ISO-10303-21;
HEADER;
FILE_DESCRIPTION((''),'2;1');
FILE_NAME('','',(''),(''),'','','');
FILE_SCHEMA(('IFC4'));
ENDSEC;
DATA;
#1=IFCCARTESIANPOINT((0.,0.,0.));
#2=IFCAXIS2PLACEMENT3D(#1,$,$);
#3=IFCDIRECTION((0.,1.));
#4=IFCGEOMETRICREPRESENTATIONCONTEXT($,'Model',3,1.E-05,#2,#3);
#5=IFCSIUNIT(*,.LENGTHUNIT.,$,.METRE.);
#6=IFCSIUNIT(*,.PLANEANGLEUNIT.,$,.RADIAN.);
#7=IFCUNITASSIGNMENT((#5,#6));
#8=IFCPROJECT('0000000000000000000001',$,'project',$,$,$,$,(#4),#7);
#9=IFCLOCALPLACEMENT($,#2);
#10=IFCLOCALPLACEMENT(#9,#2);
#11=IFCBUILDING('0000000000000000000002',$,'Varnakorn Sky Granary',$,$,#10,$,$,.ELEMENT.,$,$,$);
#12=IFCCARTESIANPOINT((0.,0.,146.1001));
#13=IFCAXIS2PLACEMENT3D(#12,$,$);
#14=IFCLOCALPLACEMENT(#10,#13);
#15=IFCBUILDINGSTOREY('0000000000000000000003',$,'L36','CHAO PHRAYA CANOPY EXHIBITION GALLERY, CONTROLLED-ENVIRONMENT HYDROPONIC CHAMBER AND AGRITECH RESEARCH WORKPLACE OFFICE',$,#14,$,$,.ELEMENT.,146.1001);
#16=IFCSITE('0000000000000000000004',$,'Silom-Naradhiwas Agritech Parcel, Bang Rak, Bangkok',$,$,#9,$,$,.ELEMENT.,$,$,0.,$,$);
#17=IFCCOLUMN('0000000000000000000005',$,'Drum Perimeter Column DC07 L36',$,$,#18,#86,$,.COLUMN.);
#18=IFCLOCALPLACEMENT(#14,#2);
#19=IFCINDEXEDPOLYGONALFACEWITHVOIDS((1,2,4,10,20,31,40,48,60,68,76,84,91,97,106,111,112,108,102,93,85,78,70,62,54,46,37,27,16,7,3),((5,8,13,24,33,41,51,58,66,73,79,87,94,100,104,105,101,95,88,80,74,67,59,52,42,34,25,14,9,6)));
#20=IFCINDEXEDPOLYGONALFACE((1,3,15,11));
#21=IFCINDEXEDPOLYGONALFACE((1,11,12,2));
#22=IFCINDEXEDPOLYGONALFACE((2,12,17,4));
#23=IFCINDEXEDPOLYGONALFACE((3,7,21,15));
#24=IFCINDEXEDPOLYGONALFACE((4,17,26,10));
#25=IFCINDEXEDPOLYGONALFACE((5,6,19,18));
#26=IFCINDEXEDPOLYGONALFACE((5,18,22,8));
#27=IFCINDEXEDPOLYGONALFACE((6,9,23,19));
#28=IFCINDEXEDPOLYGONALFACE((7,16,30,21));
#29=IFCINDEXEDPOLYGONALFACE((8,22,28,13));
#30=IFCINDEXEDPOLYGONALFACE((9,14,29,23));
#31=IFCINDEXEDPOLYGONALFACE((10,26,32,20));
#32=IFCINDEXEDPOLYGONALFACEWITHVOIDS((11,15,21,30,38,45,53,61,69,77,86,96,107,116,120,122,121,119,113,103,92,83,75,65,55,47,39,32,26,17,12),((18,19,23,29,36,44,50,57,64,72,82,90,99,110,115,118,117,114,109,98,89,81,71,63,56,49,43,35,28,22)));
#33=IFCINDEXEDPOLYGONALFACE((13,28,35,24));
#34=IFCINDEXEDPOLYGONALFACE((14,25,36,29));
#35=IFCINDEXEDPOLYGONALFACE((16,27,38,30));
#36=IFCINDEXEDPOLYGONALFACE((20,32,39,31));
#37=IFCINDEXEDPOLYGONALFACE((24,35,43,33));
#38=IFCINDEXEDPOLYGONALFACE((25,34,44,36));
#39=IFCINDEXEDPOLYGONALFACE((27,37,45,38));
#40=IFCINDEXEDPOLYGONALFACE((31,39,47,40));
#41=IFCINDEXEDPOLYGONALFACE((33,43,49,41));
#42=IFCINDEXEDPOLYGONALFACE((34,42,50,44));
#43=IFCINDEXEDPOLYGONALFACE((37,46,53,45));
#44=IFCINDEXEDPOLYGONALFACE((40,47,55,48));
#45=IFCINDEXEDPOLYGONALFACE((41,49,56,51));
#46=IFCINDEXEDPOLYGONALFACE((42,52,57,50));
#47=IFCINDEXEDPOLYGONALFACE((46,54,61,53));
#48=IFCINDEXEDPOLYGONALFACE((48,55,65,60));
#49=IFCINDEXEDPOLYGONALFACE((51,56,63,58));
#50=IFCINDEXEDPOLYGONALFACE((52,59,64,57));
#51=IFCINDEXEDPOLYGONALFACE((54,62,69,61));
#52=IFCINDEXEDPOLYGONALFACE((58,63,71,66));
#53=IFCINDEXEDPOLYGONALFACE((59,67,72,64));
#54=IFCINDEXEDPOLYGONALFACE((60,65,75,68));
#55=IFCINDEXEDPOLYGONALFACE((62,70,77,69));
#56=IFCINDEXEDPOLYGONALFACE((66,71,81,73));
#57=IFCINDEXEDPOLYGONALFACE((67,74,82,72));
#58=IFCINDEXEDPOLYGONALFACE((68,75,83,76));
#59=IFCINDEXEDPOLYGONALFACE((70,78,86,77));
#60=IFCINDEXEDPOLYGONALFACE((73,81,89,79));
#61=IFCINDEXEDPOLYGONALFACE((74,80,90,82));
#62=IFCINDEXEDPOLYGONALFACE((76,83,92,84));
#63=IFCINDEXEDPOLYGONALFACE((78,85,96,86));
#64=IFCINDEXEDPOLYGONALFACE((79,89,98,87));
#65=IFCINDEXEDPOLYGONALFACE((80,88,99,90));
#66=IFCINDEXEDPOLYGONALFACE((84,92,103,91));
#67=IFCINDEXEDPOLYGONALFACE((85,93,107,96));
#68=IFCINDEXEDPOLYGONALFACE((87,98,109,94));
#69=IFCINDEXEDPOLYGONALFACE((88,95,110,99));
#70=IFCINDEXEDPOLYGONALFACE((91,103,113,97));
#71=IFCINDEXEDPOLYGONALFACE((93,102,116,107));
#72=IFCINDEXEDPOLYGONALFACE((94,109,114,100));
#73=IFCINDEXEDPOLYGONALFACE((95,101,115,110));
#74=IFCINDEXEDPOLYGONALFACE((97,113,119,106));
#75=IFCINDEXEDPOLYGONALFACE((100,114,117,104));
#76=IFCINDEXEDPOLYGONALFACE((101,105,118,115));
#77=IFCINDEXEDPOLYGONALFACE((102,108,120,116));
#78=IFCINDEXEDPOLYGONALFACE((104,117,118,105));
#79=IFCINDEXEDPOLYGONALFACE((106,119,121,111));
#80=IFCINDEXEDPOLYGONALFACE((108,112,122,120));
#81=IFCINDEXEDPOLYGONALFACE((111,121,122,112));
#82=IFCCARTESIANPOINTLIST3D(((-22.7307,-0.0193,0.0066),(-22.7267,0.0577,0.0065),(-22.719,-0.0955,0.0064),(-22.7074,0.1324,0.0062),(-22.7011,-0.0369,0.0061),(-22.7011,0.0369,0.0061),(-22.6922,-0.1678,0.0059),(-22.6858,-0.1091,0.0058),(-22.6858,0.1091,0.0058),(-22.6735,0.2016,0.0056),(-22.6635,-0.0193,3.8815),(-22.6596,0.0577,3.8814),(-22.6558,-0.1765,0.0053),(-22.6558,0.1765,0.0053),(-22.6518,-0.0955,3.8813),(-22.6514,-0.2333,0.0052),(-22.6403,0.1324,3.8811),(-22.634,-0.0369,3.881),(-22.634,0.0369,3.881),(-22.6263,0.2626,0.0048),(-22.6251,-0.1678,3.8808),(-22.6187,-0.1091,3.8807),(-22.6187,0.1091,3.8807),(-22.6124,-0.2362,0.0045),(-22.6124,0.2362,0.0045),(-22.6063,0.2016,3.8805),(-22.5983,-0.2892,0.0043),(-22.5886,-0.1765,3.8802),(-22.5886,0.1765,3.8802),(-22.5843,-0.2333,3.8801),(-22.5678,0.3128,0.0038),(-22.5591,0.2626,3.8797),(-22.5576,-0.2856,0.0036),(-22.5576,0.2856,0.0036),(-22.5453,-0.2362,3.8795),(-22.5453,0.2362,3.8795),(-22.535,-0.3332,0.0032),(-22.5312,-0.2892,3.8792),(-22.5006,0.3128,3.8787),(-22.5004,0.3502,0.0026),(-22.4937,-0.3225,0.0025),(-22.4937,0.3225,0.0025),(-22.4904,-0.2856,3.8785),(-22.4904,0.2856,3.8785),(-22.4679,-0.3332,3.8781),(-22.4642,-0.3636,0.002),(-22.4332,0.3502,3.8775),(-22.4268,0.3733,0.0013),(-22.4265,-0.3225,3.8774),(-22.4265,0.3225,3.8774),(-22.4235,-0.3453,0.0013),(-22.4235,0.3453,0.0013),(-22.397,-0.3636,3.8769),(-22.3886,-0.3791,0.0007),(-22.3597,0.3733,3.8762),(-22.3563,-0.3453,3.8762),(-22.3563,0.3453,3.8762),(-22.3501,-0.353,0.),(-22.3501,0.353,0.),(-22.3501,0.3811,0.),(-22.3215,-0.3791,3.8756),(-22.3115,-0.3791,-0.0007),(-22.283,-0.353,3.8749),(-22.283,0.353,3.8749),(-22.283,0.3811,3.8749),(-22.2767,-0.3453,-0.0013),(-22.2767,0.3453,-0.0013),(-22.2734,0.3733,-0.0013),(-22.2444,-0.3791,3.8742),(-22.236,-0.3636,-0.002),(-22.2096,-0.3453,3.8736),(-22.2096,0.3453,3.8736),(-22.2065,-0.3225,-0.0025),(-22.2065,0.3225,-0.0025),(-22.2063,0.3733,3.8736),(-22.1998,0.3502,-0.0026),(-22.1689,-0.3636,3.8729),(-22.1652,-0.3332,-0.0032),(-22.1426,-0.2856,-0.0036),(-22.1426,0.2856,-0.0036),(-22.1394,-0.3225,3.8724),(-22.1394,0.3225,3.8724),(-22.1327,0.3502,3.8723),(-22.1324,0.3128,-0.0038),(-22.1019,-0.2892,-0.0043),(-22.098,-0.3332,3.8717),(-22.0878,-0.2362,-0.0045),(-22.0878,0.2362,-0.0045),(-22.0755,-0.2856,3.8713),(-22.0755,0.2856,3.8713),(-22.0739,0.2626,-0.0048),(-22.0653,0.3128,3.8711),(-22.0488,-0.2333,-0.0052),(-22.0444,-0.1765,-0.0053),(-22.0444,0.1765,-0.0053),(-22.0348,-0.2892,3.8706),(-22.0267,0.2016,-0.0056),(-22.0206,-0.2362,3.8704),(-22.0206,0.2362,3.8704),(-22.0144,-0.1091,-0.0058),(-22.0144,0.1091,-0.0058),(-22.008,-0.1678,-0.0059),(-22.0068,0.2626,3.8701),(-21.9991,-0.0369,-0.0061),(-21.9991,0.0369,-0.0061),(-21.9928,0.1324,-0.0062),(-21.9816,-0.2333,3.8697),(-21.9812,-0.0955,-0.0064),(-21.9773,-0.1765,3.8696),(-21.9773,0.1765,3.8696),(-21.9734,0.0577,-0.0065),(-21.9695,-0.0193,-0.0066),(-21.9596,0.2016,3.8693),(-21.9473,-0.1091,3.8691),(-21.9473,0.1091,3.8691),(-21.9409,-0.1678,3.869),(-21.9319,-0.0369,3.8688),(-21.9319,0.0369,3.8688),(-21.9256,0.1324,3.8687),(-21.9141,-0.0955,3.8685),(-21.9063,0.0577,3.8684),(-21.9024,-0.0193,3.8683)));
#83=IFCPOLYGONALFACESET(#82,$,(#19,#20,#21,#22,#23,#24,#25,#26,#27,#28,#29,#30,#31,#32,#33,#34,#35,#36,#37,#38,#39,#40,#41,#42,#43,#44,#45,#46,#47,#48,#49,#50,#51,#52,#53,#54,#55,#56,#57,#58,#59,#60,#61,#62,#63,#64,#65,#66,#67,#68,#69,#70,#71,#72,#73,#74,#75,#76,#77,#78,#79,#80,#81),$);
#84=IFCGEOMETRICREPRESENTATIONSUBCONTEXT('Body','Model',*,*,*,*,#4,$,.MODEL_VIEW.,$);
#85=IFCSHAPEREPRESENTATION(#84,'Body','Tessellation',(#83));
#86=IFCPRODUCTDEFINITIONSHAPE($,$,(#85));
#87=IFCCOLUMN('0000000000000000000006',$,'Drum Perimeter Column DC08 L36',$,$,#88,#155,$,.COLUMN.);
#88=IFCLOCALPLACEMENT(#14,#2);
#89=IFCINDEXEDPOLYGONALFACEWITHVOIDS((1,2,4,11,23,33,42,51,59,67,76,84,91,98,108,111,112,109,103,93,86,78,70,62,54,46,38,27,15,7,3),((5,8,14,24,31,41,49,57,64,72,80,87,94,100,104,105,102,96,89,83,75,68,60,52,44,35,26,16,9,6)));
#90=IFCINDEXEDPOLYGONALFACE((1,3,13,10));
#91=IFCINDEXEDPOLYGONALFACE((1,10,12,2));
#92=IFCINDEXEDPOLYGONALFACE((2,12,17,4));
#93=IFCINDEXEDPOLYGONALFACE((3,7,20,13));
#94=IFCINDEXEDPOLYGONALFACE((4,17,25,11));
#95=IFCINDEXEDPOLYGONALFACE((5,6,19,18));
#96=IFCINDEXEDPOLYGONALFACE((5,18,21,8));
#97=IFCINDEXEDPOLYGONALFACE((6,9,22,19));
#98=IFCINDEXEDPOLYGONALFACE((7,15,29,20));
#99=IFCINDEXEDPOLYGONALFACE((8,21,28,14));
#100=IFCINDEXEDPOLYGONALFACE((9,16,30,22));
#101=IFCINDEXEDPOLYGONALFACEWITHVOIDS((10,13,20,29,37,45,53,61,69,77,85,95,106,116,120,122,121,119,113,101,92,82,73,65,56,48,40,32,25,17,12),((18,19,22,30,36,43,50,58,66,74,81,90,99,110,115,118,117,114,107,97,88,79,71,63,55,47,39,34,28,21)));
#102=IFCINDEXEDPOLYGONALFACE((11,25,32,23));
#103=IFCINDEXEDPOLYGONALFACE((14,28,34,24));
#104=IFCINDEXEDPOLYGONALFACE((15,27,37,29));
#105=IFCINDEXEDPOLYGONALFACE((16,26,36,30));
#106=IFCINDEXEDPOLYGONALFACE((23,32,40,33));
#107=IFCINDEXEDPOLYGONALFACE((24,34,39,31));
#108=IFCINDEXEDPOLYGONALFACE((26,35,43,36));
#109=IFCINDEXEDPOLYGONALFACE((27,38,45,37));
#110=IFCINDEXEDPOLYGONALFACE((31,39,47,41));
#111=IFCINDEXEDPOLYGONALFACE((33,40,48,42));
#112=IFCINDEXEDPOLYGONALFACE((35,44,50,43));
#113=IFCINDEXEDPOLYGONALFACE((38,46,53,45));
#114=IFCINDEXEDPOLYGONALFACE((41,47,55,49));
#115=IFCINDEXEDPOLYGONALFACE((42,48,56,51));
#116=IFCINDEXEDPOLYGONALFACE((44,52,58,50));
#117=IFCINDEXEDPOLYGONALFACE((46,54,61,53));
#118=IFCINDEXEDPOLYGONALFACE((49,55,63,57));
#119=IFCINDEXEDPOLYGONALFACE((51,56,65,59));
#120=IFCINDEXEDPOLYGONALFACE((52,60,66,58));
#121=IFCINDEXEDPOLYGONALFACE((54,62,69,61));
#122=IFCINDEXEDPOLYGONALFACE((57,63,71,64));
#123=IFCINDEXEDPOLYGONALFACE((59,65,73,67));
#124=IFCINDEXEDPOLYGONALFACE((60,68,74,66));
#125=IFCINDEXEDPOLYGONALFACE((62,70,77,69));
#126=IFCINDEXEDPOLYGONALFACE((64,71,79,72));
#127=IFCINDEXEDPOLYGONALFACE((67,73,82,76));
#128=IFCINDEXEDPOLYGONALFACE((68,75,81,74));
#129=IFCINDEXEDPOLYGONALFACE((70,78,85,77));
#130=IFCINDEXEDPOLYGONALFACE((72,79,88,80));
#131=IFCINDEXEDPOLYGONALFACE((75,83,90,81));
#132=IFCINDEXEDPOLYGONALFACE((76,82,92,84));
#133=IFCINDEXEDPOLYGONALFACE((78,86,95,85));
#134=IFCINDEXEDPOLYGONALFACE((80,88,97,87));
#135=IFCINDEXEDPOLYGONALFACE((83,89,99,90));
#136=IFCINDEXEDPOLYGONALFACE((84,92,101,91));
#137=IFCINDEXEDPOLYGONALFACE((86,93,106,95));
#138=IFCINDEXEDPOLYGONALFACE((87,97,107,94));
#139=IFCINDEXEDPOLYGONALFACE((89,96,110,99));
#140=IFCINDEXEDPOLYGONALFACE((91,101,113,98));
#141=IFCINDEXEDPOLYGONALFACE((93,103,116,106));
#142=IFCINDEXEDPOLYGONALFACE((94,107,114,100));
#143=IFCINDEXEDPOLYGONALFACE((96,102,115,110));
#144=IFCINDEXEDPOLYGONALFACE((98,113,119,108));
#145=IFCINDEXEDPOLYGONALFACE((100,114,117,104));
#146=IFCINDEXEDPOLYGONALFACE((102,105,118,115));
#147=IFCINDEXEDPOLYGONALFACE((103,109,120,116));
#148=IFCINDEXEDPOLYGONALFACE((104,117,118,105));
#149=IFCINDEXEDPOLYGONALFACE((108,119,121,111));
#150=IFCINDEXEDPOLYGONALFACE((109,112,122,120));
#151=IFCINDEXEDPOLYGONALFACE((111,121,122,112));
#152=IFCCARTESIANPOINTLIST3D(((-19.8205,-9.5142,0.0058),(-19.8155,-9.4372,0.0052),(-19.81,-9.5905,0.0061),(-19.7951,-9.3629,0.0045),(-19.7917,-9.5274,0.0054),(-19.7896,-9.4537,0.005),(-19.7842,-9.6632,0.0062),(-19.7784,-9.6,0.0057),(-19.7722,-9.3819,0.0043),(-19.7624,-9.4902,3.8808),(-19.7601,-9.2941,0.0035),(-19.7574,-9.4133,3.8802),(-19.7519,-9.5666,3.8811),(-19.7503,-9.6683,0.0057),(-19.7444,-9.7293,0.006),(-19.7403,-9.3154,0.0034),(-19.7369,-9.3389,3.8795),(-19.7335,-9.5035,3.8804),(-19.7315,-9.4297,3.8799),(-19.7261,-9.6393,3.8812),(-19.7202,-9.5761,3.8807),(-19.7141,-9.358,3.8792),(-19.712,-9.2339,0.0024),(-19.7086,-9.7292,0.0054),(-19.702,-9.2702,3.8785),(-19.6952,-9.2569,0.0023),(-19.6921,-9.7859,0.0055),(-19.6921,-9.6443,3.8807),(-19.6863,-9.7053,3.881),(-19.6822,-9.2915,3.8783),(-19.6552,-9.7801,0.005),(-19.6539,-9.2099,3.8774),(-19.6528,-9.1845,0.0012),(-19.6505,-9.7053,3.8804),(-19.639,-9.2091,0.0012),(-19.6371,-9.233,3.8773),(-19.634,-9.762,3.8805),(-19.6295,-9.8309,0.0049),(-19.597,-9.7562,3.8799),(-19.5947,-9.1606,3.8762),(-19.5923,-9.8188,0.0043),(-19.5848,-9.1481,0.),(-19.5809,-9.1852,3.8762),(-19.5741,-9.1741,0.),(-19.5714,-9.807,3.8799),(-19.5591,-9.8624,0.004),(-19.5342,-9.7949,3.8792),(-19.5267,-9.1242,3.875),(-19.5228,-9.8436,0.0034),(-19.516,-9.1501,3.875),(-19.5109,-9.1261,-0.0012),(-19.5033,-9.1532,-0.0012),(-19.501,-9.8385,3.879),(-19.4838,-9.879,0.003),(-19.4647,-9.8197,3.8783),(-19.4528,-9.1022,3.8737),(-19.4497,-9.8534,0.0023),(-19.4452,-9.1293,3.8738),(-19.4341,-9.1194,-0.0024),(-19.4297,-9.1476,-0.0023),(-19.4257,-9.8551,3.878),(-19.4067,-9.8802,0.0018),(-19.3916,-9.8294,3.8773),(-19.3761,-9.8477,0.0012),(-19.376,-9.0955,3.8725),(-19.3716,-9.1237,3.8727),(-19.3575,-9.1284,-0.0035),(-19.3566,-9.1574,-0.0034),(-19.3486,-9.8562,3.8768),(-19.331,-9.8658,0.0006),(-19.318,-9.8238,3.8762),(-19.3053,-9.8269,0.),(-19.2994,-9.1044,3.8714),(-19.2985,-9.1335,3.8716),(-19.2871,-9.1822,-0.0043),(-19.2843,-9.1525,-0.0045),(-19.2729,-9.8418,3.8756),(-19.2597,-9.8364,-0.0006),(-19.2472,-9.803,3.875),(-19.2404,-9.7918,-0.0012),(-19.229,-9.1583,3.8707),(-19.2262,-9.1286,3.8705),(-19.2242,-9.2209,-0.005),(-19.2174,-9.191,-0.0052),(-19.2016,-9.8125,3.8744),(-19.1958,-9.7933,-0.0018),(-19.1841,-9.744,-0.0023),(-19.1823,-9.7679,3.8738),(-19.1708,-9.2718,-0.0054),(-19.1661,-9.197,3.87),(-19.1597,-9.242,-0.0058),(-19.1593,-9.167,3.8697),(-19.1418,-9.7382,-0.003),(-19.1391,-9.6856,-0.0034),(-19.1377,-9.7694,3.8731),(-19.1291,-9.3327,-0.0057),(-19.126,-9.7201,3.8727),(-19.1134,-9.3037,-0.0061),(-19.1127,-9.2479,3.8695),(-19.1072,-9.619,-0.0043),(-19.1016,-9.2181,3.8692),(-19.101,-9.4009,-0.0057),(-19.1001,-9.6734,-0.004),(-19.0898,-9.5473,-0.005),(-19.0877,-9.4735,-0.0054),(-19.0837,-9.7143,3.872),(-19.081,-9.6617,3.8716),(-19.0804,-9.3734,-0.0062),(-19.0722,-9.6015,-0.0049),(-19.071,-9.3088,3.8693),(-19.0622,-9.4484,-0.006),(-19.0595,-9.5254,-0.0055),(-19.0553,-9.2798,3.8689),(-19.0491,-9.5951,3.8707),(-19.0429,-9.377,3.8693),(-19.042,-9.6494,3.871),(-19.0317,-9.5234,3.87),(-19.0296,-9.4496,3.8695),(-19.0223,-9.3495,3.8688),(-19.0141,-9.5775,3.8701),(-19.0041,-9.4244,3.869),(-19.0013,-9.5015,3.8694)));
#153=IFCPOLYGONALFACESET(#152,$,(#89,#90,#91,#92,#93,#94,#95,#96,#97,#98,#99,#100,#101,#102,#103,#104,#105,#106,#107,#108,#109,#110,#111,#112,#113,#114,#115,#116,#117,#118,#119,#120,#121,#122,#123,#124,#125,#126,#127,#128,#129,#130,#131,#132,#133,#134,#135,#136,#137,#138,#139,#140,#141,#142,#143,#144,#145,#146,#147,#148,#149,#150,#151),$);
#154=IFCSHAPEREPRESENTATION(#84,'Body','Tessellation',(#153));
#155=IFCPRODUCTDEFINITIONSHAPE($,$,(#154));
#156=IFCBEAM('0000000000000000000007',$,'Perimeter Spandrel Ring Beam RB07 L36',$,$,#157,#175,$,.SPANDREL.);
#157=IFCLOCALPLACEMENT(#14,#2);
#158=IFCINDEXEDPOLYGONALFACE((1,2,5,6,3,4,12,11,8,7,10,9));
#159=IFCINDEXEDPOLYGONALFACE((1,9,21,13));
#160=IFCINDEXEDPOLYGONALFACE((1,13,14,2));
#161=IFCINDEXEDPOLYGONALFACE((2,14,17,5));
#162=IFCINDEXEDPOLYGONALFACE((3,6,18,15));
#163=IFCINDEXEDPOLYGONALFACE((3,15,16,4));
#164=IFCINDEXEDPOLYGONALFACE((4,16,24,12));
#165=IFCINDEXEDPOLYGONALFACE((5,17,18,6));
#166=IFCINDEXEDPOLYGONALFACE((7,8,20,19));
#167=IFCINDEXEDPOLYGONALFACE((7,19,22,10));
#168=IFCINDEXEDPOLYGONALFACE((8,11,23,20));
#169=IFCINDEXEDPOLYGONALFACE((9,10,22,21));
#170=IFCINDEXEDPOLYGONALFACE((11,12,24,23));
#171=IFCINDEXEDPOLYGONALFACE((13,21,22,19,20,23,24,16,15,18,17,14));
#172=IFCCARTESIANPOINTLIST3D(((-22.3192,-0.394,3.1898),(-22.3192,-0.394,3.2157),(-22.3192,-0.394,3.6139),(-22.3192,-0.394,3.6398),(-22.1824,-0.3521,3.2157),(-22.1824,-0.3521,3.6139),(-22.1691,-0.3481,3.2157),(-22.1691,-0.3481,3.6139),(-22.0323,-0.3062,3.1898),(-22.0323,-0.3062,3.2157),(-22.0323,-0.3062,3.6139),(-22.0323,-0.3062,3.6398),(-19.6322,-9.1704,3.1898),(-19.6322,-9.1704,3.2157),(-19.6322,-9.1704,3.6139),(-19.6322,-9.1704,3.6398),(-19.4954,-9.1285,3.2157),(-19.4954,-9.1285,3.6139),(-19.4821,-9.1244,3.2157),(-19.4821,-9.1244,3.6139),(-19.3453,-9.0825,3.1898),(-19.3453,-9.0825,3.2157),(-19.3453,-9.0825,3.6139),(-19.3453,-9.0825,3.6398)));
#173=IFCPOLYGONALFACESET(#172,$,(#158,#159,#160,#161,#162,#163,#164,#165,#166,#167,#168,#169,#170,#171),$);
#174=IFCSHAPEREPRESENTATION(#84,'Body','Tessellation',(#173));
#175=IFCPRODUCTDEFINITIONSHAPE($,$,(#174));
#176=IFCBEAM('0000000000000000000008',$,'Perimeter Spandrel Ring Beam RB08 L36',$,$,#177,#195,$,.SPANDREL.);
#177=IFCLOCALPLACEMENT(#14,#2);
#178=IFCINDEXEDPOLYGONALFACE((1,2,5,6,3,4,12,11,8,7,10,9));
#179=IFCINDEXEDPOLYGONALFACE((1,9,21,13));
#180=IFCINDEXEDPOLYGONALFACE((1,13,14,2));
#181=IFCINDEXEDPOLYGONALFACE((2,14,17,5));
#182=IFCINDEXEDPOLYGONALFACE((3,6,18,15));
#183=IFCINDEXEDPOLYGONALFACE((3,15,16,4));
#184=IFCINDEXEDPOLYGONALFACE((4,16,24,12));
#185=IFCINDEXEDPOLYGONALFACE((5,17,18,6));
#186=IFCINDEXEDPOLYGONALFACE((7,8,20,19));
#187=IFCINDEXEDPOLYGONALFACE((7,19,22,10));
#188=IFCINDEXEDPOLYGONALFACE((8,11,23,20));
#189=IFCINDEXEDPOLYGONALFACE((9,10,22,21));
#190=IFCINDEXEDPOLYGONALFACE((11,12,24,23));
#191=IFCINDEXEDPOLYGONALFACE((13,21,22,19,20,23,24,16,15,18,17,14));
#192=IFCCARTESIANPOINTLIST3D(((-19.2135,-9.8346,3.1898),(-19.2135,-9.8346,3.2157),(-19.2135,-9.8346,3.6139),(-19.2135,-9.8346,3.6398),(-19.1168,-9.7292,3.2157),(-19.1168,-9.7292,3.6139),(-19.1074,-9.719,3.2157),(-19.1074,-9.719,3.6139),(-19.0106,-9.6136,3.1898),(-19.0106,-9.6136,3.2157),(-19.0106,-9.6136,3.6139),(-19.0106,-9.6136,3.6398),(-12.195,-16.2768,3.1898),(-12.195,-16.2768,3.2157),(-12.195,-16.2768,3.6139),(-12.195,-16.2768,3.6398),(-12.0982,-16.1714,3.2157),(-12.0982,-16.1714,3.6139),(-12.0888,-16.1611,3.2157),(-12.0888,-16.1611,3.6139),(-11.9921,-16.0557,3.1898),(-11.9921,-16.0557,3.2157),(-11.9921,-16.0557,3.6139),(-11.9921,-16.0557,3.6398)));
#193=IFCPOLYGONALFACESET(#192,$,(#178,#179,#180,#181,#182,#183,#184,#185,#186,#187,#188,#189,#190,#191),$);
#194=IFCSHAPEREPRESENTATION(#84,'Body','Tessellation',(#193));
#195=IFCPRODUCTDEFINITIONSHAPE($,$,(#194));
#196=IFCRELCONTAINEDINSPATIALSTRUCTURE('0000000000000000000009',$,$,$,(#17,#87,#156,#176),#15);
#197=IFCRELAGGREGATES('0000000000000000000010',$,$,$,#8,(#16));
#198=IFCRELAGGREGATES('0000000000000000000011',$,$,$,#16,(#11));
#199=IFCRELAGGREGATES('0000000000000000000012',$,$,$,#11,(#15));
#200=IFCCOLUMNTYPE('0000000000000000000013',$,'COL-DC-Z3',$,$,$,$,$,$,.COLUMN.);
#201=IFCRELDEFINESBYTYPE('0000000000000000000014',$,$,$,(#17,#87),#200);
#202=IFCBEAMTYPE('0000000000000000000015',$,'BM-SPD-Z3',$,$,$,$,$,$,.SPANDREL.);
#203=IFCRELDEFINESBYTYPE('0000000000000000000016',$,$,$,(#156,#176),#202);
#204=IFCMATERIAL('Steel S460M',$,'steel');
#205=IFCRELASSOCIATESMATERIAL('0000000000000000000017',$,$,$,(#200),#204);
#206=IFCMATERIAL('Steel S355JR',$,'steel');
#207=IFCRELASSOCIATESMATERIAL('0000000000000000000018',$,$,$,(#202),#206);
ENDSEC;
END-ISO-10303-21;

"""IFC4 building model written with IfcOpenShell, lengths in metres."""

from ifc_helpers import new_model, si_unit, direction, frame, origin, origin_2d, place, context, subcontext, project, spatial, hollow_circle, i_section, extrude, material, material_profile, profile_set, type_object, element, save


model = new_model("IFC4")

# Units and contexts
model_context = context("Model", 3, precision=1e-05, world=origin(), true_north=direction((0.0, 1.0)))
body_context = subcontext(model_context, "Body", "Model", "MODEL_VIEW")
ifc_project = project(units=[si_unit("LENGTHUNIT", "METRE"), si_unit("PLANEANGLEUNIT", "RADIAN")], contexts=[model_context])

# Site, building, storey
site_placement = place(None, origin())
site = spatial("IfcSite", under=ifc_project, at=site_placement, Name="Silom-Naradhiwas Agritech Parcel, Bang Rak, Bangkok", CompositionType="ELEMENT", RefElevation=0.0)
building_placement = place(site_placement, origin())
building = spatial("IfcBuilding", under=site, at=building_placement, Name="Varnakorn Sky Granary", CompositionType="ELEMENT")
storey_placement = place(building_placement, frame((0.0, 0.0, 146.1001)))
storey = spatial("IfcBuildingStorey", under=building, at=storey_placement, Name="L36", Description="CHAO PHRAYA CANOPY EXHIBITION GALLERY, CONTROLLED-ENVIRONMENT HYDROPONIC CHAMBER AND AGRITECH RESEARCH WORKPLACE OFFICE", CompositionType="ELEMENT", Elevation=146.1001)

# Columns
ifc_material_1 = material(Name="Steel S460M", Category="steel")
ifc_material_profile_1 = material_profile(ifc_material_1, hollow_circle(Radius=0.3811, WallThickness=0.0281, at=origin_2d()), Name="CHS 762x28")
ifc_profile_set_1 = profile_set([ifc_material_profile_1], Name="Steel S460M")
column_type = type_object("IfcColumnType", Name="COL-DC-Z3", PredefinedType="COLUMN", material=ifc_profile_set_1)
for number, where, z_axis, x_axis, name in (
    (1, (-22.3501, 0.0, 0.0), (0.017324, 0.0, 0.99985), (0.0, 1.0, 0.0), "Drum Perimeter Column DC07 L36"),
    (2, (-19.4397, -9.5005, 0.0), (0.014993, 0.006174, 0.999869), (-0.38075, 0.924678, 0.0), "Drum Perimeter Column DC08 L36"),
):
    element("IfcColumn", number, at=place(storey_placement, frame(where, z_axis=z_axis, x_axis=x_axis)), inside=storey, type_object=column_type, Name=name, PredefinedType="COLUMN", context=body_context, shape_type="SweptSolid", body=[
        extrude(hollow_circle(Radius=0.3811, WallThickness=0.0281, at=origin_2d()), origin(), (0.0, 0.0, 1.0), 3.8755),
    ])

# Beams
ifc_material_2 = material(Name="Steel S355JR", Category="steel")
ifc_material_profile_2 = material_profile(ifc_material_2, i_section(OverallWidth=0.3, OverallDepth=0.45, WebThickness=0.0139, FlangeThickness=0.0259, at=origin_2d()), Name="HE 450 B")
ifc_profile_set_2 = profile_set([ifc_material_profile_2], Name="Steel S355JR")
beam_type = type_object("IfcBeamType", Name="BM-SPD-Z3", PredefinedType="SPANDREL", material=ifc_profile_set_2)
beam_1_placement = place(storey_placement, frame((-22.1758, -0.3501, 3.4148), z_axis=(0.292751, -0.956189, 0.0), x_axis=(0.956189, 0.292751, 0.0)))
element("IfcBeam", 3, at=beam_1_placement, inside=storey, type_object=beam_type, Name="Perimeter Spandrel Ring Beam RB07 L36", PredefinedType="SPANDREL", context=body_context, shape_type="SweptSolid", body=[
    extrude(i_section(OverallWidth=0.3, OverallDepth=0.45, WebThickness=0.0139, FlangeThickness=0.0259, at=origin_2d()), origin(), (0.0, 0.0, 1.0), 9.1785),
])
beam_2_placement = place(storey_placement, frame((-19.1121, -9.7241, 3.4148), z_axis=(0.736711, -0.676207, 0.0), x_axis=(0.676207, 0.736711, 0.0)))
element("IfcBeam", 4, at=beam_2_placement, inside=storey, type_object=beam_type, Name="Perimeter Spandrel Ring Beam RB08 L36", PredefinedType="SPANDREL", context=body_context, shape_type="SweptSolid", body=[
    extrude(i_section(OverallWidth=0.3, OverallDepth=0.45, WebThickness=0.0139, FlangeThickness=0.0259, at=origin_2d()), origin(), (0.0, 0.0, 1.0), 9.5269),
])

save(model, "model.ifc")
